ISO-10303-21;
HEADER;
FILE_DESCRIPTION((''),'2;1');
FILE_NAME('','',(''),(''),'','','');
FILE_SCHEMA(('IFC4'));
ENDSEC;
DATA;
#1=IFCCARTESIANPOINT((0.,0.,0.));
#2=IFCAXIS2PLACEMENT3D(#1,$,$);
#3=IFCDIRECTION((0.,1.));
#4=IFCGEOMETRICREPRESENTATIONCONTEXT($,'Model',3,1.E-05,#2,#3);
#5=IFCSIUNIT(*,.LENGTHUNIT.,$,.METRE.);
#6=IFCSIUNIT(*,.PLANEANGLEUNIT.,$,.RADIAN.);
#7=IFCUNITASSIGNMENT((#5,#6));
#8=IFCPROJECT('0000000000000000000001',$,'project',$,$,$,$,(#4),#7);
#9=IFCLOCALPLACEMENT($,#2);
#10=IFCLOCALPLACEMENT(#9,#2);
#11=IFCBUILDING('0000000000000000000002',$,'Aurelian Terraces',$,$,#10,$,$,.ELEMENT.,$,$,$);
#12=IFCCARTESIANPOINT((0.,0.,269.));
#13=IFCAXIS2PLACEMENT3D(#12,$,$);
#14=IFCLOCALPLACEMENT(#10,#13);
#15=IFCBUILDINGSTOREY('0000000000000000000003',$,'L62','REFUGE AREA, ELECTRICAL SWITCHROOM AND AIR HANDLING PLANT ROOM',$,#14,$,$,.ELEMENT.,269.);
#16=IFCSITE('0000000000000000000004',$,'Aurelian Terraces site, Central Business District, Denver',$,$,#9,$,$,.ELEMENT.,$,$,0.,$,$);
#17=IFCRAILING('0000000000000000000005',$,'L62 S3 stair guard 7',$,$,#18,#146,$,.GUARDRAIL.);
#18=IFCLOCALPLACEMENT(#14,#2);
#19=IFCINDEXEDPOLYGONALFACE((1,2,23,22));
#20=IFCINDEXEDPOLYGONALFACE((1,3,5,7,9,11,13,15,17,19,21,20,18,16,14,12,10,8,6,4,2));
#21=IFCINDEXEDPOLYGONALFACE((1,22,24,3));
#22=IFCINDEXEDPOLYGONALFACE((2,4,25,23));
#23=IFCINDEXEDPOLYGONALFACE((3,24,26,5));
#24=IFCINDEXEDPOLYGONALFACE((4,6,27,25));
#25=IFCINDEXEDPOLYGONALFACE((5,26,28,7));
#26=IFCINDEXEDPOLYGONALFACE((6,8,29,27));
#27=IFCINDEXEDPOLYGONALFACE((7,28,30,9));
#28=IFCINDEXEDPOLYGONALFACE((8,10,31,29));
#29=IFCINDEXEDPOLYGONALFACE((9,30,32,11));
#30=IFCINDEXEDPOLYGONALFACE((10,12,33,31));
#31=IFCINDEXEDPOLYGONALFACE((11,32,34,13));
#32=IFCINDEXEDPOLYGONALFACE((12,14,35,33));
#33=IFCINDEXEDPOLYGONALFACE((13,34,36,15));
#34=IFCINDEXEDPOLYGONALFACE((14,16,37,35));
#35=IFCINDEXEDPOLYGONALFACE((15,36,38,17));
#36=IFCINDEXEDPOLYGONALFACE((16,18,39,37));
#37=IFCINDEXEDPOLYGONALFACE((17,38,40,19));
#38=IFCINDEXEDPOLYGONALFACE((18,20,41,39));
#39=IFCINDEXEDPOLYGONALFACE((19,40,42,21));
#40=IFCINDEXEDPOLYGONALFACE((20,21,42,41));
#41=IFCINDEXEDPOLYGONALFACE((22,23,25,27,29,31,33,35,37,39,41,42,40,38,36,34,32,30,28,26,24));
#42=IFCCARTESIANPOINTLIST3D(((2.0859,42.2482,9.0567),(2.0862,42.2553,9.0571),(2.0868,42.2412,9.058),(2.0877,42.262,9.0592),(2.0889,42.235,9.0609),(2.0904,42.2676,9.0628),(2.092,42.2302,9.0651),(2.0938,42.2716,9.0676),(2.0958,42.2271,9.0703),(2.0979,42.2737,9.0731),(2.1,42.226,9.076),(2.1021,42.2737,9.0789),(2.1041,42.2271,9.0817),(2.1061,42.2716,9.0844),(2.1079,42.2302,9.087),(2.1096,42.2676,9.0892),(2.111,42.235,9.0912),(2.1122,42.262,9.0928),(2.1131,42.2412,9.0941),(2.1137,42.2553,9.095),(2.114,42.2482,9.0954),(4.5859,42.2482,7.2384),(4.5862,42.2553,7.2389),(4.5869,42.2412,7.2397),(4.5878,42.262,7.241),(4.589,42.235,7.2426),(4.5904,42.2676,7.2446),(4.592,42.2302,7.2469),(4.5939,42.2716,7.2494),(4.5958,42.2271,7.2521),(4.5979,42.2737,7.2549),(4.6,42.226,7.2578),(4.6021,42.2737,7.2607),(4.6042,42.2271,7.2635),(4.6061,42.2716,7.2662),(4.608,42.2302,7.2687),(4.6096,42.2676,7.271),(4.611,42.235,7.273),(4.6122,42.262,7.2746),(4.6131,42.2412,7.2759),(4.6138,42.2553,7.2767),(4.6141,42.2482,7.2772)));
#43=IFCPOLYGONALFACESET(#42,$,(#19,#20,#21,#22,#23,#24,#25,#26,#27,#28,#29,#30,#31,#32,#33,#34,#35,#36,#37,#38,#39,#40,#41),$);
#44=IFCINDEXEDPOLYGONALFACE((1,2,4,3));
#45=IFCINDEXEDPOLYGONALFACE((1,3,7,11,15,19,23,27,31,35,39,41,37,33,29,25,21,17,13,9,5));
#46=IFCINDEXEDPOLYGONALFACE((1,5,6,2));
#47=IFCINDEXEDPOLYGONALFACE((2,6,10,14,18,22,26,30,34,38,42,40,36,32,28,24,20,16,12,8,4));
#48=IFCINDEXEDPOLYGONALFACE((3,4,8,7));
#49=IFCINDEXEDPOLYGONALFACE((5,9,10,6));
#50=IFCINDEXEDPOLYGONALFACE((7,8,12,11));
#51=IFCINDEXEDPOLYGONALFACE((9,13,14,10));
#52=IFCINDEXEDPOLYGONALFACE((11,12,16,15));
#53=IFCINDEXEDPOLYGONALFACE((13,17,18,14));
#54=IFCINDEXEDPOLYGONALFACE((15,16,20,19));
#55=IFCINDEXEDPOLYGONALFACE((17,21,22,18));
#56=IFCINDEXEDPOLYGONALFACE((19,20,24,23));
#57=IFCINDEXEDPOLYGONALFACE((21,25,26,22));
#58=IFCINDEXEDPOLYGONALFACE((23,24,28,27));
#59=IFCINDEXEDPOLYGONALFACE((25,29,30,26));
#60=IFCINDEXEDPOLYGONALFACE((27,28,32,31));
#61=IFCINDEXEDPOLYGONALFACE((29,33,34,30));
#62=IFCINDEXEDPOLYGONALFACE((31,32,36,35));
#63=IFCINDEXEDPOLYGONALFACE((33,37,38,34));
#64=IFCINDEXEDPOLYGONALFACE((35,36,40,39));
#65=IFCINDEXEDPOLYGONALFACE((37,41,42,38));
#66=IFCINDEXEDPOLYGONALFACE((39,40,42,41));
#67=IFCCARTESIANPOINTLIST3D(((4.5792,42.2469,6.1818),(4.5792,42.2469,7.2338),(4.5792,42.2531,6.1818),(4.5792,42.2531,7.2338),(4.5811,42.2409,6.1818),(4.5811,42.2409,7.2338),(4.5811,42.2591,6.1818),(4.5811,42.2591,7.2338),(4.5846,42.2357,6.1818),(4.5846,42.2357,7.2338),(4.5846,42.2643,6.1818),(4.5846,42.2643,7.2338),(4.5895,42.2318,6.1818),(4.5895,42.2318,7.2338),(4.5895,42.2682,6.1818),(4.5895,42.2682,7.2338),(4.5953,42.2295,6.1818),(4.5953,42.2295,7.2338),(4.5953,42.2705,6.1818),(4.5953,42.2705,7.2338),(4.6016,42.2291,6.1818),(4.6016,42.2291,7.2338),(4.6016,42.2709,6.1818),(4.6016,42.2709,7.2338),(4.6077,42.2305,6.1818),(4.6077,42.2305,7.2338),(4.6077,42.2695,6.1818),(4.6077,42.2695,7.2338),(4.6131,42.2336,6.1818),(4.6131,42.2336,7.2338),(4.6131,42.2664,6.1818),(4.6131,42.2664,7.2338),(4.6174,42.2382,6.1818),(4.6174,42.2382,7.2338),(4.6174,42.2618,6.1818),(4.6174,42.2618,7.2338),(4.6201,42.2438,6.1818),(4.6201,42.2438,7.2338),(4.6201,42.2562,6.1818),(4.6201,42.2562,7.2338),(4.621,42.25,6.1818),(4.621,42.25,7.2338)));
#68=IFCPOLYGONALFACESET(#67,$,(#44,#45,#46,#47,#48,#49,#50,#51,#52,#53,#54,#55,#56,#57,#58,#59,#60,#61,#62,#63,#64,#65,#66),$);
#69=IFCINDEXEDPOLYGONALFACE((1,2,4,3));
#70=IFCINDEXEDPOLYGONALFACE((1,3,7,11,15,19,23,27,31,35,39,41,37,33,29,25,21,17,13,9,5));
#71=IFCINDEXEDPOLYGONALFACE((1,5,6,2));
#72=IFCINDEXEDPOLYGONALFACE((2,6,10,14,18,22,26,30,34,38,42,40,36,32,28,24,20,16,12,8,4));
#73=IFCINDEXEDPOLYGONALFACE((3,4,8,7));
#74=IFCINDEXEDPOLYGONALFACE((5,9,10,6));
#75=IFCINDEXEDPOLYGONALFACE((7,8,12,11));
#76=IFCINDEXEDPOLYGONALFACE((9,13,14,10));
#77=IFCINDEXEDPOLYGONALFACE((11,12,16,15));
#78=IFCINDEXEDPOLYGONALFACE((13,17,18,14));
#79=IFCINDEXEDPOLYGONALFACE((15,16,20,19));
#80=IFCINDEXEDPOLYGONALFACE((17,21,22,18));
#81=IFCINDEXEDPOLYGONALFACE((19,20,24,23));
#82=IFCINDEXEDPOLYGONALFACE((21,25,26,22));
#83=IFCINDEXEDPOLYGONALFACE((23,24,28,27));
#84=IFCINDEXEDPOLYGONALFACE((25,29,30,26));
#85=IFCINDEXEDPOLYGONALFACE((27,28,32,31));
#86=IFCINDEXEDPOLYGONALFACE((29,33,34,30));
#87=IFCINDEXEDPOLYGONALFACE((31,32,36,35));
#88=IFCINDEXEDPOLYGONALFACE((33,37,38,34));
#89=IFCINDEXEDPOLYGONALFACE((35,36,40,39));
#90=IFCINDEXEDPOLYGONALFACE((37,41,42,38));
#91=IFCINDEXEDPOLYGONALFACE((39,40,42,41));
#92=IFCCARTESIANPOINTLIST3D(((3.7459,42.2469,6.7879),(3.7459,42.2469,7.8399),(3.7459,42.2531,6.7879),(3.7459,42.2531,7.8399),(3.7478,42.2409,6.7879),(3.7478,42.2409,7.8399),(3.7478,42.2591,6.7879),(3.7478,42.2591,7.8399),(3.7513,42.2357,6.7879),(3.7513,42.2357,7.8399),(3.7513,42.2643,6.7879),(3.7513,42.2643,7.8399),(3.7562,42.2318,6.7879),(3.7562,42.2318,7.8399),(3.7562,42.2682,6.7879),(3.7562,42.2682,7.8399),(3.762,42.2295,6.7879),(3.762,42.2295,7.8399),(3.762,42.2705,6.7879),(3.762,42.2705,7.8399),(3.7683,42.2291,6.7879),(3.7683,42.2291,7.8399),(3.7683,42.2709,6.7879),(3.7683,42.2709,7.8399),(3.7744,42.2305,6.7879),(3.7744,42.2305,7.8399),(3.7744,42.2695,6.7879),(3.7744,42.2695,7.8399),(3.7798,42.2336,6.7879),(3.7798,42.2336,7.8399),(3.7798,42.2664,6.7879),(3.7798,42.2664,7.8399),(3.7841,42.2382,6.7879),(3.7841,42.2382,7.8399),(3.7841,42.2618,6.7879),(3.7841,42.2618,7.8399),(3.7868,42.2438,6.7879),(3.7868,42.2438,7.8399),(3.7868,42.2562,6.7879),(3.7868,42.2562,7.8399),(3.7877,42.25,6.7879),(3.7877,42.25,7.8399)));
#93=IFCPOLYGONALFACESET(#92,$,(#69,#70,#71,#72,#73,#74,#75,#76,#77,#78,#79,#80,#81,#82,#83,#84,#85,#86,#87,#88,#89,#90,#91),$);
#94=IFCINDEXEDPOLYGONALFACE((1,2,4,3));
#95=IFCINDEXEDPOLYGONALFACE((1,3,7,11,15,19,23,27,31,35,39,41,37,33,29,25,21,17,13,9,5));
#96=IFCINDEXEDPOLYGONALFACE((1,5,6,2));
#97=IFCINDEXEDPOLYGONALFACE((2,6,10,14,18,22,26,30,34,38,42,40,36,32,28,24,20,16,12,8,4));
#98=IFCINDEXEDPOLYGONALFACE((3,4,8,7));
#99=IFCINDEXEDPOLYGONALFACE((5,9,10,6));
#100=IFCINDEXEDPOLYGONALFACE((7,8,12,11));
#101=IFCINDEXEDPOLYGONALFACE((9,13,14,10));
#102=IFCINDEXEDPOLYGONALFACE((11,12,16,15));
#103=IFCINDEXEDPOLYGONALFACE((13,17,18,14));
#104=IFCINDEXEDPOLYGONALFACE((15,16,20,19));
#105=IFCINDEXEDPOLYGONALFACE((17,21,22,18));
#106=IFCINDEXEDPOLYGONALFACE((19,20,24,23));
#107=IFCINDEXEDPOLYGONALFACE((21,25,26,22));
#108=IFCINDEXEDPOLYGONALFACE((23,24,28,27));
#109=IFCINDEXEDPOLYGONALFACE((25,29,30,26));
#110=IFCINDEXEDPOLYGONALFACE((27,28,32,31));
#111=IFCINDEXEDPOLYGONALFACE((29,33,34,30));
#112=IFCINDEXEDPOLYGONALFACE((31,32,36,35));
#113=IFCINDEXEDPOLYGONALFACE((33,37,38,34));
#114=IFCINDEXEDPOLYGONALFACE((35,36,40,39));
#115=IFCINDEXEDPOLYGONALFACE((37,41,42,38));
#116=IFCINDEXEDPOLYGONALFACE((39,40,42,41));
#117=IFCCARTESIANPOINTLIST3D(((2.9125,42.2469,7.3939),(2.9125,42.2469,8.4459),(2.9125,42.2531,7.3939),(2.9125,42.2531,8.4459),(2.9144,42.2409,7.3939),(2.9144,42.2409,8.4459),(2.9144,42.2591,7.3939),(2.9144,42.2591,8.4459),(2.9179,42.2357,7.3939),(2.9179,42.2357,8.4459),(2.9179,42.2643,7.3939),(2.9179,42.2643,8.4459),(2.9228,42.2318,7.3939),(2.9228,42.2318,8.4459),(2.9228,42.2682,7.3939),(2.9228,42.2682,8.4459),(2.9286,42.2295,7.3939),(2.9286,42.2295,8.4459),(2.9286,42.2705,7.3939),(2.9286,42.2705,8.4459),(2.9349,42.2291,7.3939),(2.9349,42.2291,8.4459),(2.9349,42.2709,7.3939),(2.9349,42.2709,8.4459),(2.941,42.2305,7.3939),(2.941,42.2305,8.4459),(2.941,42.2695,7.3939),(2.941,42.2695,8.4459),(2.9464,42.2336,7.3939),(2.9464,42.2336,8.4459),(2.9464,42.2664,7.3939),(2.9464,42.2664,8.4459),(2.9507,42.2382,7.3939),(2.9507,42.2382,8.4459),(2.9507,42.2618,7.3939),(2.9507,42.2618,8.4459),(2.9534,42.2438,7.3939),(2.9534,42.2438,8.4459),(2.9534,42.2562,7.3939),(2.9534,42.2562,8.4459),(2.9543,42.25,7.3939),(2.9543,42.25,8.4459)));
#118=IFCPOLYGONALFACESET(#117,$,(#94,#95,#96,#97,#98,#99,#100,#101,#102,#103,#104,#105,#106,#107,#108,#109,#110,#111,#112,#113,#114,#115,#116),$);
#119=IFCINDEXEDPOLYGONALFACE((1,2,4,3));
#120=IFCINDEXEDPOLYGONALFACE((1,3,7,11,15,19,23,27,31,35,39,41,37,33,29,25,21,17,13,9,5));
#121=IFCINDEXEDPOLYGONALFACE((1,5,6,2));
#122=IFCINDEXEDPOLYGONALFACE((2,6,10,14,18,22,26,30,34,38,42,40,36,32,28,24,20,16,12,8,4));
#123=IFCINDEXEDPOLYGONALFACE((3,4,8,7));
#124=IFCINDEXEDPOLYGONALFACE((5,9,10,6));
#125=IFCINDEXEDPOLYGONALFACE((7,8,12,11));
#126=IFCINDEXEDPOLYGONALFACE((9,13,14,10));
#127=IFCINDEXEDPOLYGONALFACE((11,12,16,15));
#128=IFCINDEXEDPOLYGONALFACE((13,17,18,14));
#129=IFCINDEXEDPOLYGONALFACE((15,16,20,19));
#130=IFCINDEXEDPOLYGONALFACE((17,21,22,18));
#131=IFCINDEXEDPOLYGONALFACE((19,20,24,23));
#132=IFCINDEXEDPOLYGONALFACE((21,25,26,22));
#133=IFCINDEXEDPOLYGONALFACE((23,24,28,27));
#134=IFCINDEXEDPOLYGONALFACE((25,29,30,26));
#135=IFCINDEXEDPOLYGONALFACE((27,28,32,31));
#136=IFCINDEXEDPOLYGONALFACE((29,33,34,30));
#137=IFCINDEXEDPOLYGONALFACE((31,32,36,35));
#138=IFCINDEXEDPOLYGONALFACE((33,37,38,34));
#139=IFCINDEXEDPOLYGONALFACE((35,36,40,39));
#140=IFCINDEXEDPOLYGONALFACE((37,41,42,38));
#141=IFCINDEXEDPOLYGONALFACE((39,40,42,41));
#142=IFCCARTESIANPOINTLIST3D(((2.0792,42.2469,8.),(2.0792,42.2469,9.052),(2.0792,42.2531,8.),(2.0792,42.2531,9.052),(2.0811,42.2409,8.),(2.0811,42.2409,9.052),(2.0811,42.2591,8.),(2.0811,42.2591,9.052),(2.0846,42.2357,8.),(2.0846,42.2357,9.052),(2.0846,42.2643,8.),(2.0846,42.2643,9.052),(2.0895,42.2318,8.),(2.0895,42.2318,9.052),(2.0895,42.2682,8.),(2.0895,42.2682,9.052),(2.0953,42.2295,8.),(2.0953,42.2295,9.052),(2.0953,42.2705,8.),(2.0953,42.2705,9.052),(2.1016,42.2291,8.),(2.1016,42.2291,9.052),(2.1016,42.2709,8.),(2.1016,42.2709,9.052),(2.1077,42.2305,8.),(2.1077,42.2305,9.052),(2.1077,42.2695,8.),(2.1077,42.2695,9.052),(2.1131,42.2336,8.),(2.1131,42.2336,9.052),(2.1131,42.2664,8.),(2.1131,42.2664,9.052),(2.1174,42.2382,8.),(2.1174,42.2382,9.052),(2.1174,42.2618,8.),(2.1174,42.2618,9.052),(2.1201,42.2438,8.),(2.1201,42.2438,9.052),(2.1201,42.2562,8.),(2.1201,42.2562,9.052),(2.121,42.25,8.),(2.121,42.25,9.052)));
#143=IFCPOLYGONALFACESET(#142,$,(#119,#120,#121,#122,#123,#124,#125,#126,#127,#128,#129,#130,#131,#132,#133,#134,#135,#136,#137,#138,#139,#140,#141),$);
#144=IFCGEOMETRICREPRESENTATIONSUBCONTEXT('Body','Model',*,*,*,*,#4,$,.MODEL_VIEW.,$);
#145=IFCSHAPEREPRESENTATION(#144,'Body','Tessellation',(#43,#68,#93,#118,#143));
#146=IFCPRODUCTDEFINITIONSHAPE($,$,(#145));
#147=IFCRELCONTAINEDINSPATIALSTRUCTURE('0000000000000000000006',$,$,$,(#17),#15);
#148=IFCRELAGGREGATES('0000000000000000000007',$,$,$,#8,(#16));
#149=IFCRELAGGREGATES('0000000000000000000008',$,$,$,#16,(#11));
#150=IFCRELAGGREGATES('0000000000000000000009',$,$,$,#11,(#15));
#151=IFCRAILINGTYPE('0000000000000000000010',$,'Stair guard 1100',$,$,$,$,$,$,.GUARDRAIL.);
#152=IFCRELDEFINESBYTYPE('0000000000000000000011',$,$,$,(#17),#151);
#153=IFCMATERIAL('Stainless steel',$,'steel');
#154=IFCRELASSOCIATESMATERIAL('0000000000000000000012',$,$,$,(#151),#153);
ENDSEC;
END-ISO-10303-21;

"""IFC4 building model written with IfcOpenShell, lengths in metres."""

from ifc_helpers import new_model, si_unit, direction, frame, origin, origin_2d, place, context, subcontext, project, spatial, circle, extrude, source, transform, mapped, material, type_object, element, save


model = new_model("IFC4")

# Units and contexts
model_context = context("Model", 3, precision=1e-05, world=origin(), true_north=direction((0.0, 1.0)))
body_context = subcontext(model_context, "Body", "Model", "MODEL_VIEW")
ifc_project = project(units=[si_unit("LENGTHUNIT", "METRE"), si_unit("PLANEANGLEUNIT", "RADIAN")], contexts=[model_context])

# Site, building, storey
site_placement = place(None, origin())
site = spatial("IfcSite", under=ifc_project, at=site_placement, Name="Aurelian Terraces site, Central Business District, Denver", CompositionType="ELEMENT", RefElevation=0.0)
building_placement = place(site_placement, origin())
building = spatial("IfcBuilding", under=site, at=building_placement, Name="Aurelian Terraces", CompositionType="ELEMENT")
storey_placement = place(building_placement, frame((0.0, 0.0, 269.0)))
storey = spatial("IfcBuildingStorey", under=building, at=storey_placement, Name="L62", Description="REFUGE AREA, ELECTRICAL SWITCHROOM AND AIR HANDLING PLANT ROOM", CompositionType="ELEMENT", Elevation=269.0)

# Railing
ifc_material_1 = material(Name="Stainless steel", Category="steel")
railing_type_1 = type_object("IfcRailingType", Name="Stair guard 1100", PredefinedType="GUARDRAIL", material=ifc_material_1)
shared_shape_1 = source(origin(), body_context, "Body", "SweptSolid", [
    extrude(circle(Radius=0.024, at=origin_2d()), frame((0.0, 0.0, 1.076), z_axis=(-0.808733, 0.0, 0.588176), x_axis=(0.0, -1.0, 0.0)), (0.0, 0.0, 1.0), 3.0913),
    extrude(circle(Radius=0.021, at=origin_2d()), origin(), (0.0, 0.0, 1.0), 1.052),
    extrude(circle(Radius=0.021, at=origin_2d()), frame((-0.8333, 0.0, 0.6061)), (0.0, 0.0, 1.0), 1.052),
    extrude(circle(Radius=0.021, at=origin_2d()), frame((-1.6667, 0.0, 1.2121)), (0.0, 0.0, 1.0), 1.052),
    extrude(circle(Radius=0.021, at=origin_2d()), frame((-2.5, 0.0, 1.8182)), (0.0, 0.0, 1.0), 1.052),
])
for number, where, name in (
    (1, (4.6, 42.25, 6.1818), "L62 S3 stair guard 7"),
):
    element("IfcRailing", number, at=place(storey_placement, frame(where)), inside=storey, type_object=railing_type_1, Name=name, PredefinedType="GUARDRAIL", context=body_context, shape_type="MappedRepresentation", body=[
        mapped(shared_shape_1, transform((0.0, 0.0, 0.0), scale=1.0)),
    ])

save(model, "model.ifc")
